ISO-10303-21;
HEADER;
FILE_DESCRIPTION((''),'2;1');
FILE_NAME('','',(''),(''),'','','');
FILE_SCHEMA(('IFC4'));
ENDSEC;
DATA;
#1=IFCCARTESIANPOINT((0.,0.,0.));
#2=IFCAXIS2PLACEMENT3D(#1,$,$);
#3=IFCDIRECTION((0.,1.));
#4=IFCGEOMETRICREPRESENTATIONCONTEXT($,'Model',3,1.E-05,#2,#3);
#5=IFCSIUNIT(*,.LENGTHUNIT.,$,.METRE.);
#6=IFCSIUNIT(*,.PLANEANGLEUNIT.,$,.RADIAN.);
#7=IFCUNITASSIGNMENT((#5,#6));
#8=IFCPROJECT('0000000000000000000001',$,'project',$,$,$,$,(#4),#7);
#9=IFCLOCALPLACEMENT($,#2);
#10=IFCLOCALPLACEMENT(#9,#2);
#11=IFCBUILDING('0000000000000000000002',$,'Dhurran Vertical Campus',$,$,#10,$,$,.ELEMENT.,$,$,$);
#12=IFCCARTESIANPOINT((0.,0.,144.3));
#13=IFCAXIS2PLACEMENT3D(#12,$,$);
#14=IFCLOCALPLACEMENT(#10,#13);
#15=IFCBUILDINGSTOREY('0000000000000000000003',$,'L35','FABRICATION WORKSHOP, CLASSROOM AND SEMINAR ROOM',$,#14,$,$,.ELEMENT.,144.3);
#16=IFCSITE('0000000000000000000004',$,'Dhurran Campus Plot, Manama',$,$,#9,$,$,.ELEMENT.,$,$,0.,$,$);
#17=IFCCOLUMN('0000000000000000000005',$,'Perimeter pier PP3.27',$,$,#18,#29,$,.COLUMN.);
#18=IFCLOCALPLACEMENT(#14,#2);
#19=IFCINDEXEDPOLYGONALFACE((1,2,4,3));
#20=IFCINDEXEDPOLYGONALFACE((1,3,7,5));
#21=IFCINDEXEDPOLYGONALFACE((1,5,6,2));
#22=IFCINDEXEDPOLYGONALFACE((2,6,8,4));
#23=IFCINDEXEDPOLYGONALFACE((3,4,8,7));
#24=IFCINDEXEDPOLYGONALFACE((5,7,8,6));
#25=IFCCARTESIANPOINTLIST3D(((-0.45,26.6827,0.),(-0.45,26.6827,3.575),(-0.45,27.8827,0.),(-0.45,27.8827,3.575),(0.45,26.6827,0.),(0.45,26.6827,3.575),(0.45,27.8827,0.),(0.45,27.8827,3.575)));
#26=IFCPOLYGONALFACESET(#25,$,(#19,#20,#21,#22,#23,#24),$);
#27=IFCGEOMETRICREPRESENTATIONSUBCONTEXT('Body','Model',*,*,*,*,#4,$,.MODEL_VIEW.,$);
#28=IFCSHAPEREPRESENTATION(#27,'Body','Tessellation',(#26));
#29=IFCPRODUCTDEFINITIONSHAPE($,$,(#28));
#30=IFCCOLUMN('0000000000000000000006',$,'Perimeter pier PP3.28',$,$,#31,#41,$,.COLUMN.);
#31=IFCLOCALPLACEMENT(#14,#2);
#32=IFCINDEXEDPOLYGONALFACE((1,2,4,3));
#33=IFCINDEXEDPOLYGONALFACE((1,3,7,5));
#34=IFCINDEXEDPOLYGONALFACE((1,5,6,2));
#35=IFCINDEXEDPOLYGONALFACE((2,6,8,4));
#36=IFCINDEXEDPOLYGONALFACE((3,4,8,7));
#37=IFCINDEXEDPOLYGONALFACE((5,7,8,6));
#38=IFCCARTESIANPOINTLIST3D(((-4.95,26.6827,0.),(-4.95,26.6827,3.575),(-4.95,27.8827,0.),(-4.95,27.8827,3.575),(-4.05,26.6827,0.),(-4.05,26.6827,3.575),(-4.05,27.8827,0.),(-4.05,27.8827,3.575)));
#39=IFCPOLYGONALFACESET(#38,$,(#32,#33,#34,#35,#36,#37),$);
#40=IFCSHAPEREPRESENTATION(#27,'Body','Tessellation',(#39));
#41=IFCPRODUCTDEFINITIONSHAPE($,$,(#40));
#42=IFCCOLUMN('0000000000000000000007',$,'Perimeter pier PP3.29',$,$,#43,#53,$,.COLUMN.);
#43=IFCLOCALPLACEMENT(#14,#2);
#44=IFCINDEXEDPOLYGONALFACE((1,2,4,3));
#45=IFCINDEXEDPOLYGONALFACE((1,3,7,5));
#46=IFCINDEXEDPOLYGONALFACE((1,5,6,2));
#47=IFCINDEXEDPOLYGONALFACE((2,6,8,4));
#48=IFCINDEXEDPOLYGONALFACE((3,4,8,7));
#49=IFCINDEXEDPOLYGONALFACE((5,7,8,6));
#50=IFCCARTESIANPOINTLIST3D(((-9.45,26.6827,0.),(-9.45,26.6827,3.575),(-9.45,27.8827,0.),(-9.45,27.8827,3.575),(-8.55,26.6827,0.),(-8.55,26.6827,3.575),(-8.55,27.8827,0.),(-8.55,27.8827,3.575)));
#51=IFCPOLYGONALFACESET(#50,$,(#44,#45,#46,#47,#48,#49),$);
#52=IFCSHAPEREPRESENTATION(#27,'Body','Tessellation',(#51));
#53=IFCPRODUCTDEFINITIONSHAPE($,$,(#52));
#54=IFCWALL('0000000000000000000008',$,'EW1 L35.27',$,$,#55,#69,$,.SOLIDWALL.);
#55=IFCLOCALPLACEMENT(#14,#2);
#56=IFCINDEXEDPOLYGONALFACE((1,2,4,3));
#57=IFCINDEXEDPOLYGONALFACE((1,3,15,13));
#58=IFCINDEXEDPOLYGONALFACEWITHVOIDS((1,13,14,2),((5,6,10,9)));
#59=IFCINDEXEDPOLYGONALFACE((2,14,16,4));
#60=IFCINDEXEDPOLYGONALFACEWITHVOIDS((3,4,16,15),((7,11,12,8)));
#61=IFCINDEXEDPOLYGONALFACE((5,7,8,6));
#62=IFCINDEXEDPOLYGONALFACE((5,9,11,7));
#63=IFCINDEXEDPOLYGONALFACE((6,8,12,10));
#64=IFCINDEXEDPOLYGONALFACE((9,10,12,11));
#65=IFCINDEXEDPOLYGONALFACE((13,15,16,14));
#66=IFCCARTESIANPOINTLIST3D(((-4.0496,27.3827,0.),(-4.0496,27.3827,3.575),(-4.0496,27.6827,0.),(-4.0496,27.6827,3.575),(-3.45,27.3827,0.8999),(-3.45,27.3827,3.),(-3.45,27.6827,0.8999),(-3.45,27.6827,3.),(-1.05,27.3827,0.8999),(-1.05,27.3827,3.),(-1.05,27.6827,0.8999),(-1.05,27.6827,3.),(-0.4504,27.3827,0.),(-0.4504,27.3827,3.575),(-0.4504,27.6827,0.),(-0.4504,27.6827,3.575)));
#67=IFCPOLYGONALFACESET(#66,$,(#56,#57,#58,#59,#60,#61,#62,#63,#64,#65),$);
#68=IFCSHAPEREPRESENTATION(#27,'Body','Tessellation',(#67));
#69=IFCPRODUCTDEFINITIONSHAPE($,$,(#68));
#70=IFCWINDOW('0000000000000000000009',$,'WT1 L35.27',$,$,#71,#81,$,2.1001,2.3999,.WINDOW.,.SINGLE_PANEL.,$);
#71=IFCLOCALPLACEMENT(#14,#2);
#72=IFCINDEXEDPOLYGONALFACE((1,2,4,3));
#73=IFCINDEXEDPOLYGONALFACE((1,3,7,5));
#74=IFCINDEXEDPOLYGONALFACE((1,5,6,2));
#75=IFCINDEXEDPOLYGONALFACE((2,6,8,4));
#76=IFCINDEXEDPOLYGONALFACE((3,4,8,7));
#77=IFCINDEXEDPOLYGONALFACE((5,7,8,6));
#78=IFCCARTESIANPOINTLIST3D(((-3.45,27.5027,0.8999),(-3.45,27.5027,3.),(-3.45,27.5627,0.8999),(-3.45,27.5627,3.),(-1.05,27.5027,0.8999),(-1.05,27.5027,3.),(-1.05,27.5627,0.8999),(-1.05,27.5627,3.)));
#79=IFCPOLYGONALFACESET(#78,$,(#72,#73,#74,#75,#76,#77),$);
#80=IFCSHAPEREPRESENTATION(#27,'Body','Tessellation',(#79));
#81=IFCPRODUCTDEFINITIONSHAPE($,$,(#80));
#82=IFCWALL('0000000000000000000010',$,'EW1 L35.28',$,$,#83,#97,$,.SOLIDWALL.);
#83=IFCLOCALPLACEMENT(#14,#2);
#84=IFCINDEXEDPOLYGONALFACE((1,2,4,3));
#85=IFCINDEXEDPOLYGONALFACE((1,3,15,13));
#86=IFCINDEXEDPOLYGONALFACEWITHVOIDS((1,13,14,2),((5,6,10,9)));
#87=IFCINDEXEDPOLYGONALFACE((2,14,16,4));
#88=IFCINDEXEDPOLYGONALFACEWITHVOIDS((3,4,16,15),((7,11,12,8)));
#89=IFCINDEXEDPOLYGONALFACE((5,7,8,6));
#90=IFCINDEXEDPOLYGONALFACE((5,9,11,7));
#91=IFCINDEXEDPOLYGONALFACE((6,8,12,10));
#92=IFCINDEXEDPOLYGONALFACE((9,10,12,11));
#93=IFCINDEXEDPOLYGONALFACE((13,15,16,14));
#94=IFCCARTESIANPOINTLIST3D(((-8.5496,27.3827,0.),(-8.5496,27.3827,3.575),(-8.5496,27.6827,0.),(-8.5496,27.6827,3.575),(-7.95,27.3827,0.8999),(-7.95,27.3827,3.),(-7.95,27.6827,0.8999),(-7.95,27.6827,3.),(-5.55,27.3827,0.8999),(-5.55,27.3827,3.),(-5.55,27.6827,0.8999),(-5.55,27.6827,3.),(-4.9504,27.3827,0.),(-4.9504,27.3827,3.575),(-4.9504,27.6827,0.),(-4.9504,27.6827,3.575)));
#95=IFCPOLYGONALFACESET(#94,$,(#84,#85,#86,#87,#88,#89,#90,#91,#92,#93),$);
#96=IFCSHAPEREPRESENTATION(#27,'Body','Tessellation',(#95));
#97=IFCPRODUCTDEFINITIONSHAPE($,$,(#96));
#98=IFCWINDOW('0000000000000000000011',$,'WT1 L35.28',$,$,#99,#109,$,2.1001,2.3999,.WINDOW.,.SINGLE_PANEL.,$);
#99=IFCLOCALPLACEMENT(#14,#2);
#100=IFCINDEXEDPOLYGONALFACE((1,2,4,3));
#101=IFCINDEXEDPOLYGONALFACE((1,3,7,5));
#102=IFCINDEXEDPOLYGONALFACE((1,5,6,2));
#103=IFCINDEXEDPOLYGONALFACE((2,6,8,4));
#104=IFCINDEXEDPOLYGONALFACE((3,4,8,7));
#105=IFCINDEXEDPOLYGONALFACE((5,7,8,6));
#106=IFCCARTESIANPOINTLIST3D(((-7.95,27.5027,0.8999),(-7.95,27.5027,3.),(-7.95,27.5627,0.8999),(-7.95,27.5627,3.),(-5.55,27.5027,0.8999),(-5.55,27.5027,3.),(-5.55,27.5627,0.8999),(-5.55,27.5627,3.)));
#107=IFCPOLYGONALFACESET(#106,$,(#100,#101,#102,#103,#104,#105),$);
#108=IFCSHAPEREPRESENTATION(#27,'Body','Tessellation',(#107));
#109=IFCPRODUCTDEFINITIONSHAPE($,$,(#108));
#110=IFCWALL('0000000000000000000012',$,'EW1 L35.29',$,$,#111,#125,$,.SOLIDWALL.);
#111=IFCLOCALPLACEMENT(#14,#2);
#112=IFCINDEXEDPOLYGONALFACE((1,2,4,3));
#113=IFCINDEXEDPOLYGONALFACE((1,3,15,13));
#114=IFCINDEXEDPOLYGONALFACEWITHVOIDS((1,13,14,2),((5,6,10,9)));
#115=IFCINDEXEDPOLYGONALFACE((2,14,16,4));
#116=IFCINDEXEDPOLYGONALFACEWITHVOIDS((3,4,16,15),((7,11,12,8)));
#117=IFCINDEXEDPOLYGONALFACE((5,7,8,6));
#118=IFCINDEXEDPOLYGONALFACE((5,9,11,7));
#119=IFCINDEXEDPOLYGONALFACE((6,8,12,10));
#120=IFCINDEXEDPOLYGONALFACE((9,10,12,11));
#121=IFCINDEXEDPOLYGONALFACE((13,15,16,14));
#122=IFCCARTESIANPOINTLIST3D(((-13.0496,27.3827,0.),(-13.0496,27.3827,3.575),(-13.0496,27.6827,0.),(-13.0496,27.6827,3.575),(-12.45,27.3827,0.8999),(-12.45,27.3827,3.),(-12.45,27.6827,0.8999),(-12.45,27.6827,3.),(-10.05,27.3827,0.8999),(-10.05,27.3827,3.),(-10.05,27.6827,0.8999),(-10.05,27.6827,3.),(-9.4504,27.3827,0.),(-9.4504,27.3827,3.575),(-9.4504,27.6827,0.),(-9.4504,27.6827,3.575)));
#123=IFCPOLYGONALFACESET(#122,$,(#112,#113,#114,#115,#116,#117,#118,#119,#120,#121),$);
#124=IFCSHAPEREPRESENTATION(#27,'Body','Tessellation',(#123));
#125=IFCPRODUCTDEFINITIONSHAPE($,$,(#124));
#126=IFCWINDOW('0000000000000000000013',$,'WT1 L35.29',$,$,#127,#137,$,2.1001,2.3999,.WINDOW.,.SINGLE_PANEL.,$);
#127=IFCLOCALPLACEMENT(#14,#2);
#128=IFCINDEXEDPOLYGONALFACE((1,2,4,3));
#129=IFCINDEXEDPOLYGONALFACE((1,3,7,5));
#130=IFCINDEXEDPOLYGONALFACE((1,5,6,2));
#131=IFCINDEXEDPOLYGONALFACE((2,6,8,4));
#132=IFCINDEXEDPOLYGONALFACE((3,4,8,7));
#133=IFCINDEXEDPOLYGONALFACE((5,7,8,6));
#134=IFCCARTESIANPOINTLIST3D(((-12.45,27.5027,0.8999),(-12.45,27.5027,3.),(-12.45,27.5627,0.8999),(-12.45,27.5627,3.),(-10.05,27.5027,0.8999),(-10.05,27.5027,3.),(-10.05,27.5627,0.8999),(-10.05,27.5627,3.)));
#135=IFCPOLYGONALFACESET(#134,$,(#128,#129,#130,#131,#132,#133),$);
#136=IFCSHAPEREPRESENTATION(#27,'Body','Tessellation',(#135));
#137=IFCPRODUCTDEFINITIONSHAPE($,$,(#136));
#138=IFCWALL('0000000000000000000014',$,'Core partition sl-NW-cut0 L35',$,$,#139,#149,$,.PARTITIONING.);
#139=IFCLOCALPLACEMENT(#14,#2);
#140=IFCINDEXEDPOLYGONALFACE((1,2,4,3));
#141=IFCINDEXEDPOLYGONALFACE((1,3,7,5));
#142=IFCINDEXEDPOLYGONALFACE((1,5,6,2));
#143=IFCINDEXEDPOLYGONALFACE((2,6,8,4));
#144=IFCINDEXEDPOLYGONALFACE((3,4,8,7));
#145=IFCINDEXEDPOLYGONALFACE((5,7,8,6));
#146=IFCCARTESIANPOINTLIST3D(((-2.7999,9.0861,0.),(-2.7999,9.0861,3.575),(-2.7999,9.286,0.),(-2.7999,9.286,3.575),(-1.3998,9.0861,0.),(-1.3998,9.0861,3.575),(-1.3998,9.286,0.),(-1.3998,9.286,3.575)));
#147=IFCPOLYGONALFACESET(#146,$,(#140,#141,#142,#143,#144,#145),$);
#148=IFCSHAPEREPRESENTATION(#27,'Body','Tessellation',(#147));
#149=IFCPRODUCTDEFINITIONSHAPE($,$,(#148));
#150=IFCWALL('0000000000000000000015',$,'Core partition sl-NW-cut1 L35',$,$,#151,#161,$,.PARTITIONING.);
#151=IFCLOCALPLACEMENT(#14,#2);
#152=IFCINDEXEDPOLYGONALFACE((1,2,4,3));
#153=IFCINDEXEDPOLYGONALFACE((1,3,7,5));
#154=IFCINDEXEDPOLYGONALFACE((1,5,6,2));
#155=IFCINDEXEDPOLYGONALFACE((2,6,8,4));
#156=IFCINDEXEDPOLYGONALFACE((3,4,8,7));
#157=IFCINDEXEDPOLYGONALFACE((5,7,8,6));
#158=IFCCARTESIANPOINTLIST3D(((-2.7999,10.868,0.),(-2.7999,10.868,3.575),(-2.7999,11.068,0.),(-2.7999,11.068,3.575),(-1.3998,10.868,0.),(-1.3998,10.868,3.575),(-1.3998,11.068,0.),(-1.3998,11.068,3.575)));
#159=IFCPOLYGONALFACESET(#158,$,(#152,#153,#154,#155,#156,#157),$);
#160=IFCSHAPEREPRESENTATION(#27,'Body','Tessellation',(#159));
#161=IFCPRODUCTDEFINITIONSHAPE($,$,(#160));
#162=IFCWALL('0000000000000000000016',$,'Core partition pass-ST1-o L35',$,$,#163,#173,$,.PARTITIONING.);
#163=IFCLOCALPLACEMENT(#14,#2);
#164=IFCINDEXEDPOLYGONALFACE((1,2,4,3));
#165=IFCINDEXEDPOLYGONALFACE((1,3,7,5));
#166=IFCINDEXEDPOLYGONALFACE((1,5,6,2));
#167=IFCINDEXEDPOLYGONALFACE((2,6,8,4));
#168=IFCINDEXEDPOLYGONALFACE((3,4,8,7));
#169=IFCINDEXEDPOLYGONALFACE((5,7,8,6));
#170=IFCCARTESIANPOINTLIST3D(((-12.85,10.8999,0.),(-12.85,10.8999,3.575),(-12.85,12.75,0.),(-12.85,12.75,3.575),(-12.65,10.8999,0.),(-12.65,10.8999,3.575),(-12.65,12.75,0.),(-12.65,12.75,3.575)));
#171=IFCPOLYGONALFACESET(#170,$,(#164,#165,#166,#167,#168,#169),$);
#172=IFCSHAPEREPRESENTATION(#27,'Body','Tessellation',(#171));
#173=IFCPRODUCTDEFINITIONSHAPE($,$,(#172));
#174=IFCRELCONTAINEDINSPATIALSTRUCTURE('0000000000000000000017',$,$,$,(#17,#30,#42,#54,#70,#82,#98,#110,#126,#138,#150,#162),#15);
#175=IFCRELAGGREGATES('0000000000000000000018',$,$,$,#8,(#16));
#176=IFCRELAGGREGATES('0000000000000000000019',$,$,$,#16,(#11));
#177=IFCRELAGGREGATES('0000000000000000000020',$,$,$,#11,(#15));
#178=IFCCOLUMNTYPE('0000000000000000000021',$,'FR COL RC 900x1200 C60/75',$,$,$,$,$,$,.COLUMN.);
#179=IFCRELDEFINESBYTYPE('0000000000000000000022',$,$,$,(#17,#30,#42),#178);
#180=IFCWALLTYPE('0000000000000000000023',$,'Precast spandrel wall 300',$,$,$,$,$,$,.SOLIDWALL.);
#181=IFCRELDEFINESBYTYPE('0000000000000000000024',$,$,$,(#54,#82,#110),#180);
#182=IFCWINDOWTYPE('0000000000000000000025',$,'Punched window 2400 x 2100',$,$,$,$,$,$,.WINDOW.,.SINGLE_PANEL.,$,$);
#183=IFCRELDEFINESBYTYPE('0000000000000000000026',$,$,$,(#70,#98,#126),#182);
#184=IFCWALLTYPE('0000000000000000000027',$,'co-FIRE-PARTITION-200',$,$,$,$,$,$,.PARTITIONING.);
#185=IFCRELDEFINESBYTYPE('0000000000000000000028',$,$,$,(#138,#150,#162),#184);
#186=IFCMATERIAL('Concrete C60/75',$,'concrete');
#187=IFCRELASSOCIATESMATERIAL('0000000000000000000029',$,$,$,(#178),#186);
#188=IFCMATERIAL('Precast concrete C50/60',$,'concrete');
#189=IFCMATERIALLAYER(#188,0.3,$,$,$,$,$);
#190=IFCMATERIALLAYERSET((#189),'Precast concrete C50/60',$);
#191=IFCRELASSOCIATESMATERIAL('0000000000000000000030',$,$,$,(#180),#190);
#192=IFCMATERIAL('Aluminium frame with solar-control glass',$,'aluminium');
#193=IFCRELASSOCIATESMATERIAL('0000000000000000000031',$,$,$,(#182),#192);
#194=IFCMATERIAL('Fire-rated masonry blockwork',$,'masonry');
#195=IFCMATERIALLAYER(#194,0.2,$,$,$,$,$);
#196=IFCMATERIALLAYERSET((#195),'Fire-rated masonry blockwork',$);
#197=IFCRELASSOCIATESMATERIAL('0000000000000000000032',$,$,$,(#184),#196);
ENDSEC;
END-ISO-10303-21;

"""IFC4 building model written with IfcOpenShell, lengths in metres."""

from ifc_helpers import new_model, si_unit, direction, frame, frame_2d, origin, origin_2d, place, context, subcontext, project, spatial, rectangle, extrude, material, layer, layer_set, material_profile, profile_set, type_object, element, fill, save


model = new_model("IFC4")

# Units and contexts
model_context = context("Model", 3, precision=1e-05, world=origin(), true_north=direction((0.0, 1.0)))
body_context = subcontext(model_context, "Body", "Model", "MODEL_VIEW")
ifc_project = project(units=[si_unit("LENGTHUNIT", "METRE"), si_unit("PLANEANGLEUNIT", "RADIAN")], contexts=[model_context])

# Site, building, storey
site_placement = place(None, origin())
site = spatial("IfcSite", under=ifc_project, at=site_placement, Name="Dhurran Campus Plot, Manama", CompositionType="ELEMENT", RefElevation=0.0)
building_placement = place(site_placement, origin())
building = spatial("IfcBuilding", under=site, at=building_placement, Name="Dhurran Vertical Campus", CompositionType="ELEMENT")
storey_placement = place(building_placement, frame((0.0, 0.0, 144.3)))
storey = spatial("IfcBuildingStorey", under=building, at=storey_placement, Name="L35", Description="FABRICATION WORKSHOP, CLASSROOM AND SEMINAR ROOM", CompositionType="ELEMENT", Elevation=144.3)

# Columns
ifc_material_1 = material(Name="Concrete C60/75", Category="concrete")
ifc_material_profile = material_profile(ifc_material_1, rectangle(XDim=0.8999, YDim=1.2, at=origin_2d()), Name="RC 900x1200")
ifc_profile_set = profile_set([ifc_material_profile], Name="Concrete C60/75")
column_type = type_object("IfcColumnType", Name="FR COL RC 900x1200 C60/75", PredefinedType="COLUMN", material=ifc_profile_set)
for number, where, z_axis, x_axis, name in (
    (1, (0.0, 27.2827, 0.0), (0.0, 0.0, 1.0), (-1.0, 0.0, 0.0), "Perimeter pier PP3.27"),
    (2, (-4.5, 27.2827, 0.0), (0.0, 0.0, 1.0), (-1.0, 0.0, 0.0), "Perimeter pier PP3.28"),
    (3, (-9.0, 27.2827, 0.0), (0.0, 0.0, 1.0), (-1.0, 0.0, 0.0), "Perimeter pier PP3.29"),
):
    element("IfcColumn", number, at=place(storey_placement, frame(where, z_axis=z_axis, x_axis=x_axis)), inside=storey, type_object=column_type, Name=name, PredefinedType="COLUMN", context=body_context, shape_type="SweptSolid", body=[
        extrude(rectangle(XDim=0.8999, YDim=1.2, at=origin_2d()), origin(), (0.0, 0.0, 1.0), 3.575),
    ])

# Walls, openings, windows
ifc_material_2 = material(Name="Precast concrete C50/60", Category="concrete")
ifc_layer_1 = layer(ifc_material_2, 0.3)
ifc_layer_set_1 = layer_set([ifc_layer_1], Name="Precast concrete C50/60")
wall_type_1 = type_object("IfcWallType", Name="Precast spandrel wall 300", PredefinedType="SOLIDWALL", material=ifc_layer_set_1)
wall_1_placement = place(storey_placement, frame((-0.4504, 27.5327, 0.0), z_axis=(0.0, 0.0, 1.0), x_axis=(-1.0, 0.0, 0.0)))
wall_1 = element("IfcWall", 4, at=wall_1_placement, inside=storey, type_object=wall_type_1, Name="EW1 L35.27", PredefinedType="SOLIDWALL", context=body_context, shape_type="SweptSolid", body=[
    extrude(rectangle(XDim=3.5991, YDim=0.3, at=frame_2d((1.7996, 0.0))), origin(), (0.0, 0.0, 1.0), 3.575),
])
opening_1_placement = place(wall_1_placement, frame((0.5996, 0.0, 0.8999)))
opening_1 = element("IfcOpeningElement", 5, at=opening_1_placement, cuts=wall_1, PredefinedType="OPENING", context=body_context, shape_type="SweptSolid", body=[
    extrude(rectangle(XDim=2.3999, YDim=2.1001, at=frame_2d((1.2, 1.05))), frame((0.0, 0.1599, 0.0), z_axis=(0.0, -1.0, 0.0), x_axis=(1.0, 0.0, 0.0)), (0.0, 0.0, 1.0), 0.3201),
])
ifc_material_3 = material(Name="Aluminium frame with solar-control glass", Category="aluminium")
window_type = type_object("IfcWindowType", Name="Punched window 2400 x 2100", PartitioningType="SINGLE_PANEL", PredefinedType="WINDOW", material=ifc_material_3)
window_1_placement = place(opening_1_placement, origin())
window_1 = element("IfcWindow", 6, at=window_1_placement, inside=storey, type_object=window_type, Name="WT1 L35.27", OverallHeight=2.1001, OverallWidth=2.3999, PartitioningType="SINGLE_PANEL", PredefinedType="WINDOW", context=body_context, shape_type="SweptSolid", body=[
    extrude(rectangle(XDim=2.3999, YDim=2.1001, at=frame_2d((1.2, 1.05))), frame((0.0, 0.03, 0.0), z_axis=(0.0, -1.0, 0.0), x_axis=(1.0, 0.0, 0.0)), (0.0, 0.0, 1.0), 0.0601),
])
fill(opening_1, window_1)
wall_2_placement = place(storey_placement, frame((-4.9504, 27.5327, 0.0), z_axis=(0.0, 0.0, 1.0), x_axis=(-1.0, 0.0, 0.0)))
wall_2 = element("IfcWall", 7, at=wall_2_placement, inside=storey, type_object=wall_type_1, Name="EW1 L35.28", PredefinedType="SOLIDWALL", context=body_context, shape_type="SweptSolid", body=[
    extrude(rectangle(XDim=3.5991, YDim=0.3, at=frame_2d((1.7996, 0.0))), origin(), (0.0, 0.0, 1.0), 3.575),
])
opening_2_placement = place(wall_2_placement, frame((0.5996, 0.0, 0.8999)))
opening_2 = element("IfcOpeningElement", 8, at=opening_2_placement, cuts=wall_2, PredefinedType="OPENING", context=body_context, shape_type="SweptSolid", body=[
    extrude(rectangle(XDim=2.3999, YDim=2.1001, at=frame_2d((1.2, 1.05))), frame((0.0, 0.1599, 0.0), z_axis=(0.0, -1.0, 0.0), x_axis=(1.0, 0.0, 0.0)), (0.0, 0.0, 1.0), 0.3201),
])
window_2_placement = place(opening_2_placement, origin())
window_2 = element("IfcWindow", 9, at=window_2_placement, inside=storey, type_object=window_type, Name="WT1 L35.28", OverallHeight=2.1001, OverallWidth=2.3999, PartitioningType="SINGLE_PANEL", PredefinedType="WINDOW", context=body_context, shape_type="SweptSolid", body=[
    extrude(rectangle(XDim=2.3999, YDim=2.1001, at=frame_2d((1.2, 1.05))), frame((0.0, 0.03, 0.0), z_axis=(0.0, -1.0, 0.0), x_axis=(1.0, 0.0, 0.0)), (0.0, 0.0, 1.0), 0.0601),
])
fill(opening_2, window_2)
wall_3_placement = place(storey_placement, frame((-9.4504, 27.5327, 0.0), z_axis=(0.0, 0.0, 1.0), x_axis=(-1.0, 0.0, 0.0)))
wall_3 = element("IfcWall", 10, at=wall_3_placement, inside=storey, type_object=wall_type_1, Name="EW1 L35.29", PredefinedType="SOLIDWALL", context=body_context, shape_type="SweptSolid", body=[
    extrude(rectangle(XDim=3.5991, YDim=0.3, at=frame_2d((1.7996, 0.0))), origin(), (0.0, 0.0, 1.0), 3.575),
])
opening_3_placement = place(wall_3_placement, frame((0.5996, 0.0, 0.8999)))
opening_3 = element("IfcOpeningElement", 11, at=opening_3_placement, cuts=wall_3, PredefinedType="OPENING", context=body_context, shape_type="SweptSolid", body=[
    extrude(rectangle(XDim=2.3999, YDim=2.1001, at=frame_2d((1.2, 1.05))), frame((0.0, 0.1599, 0.0), z_axis=(0.0, -1.0, 0.0), x_axis=(1.0, 0.0, 0.0)), (0.0, 0.0, 1.0), 0.3201),
])
window_3_placement = place(opening_3_placement, origin())
window_3 = element("IfcWindow", 12, at=window_3_placement, inside=storey, type_object=window_type, Name="WT1 L35.29", OverallHeight=2.1001, OverallWidth=2.3999, PartitioningType="SINGLE_PANEL", PredefinedType="WINDOW", context=body_context, shape_type="SweptSolid", body=[
    extrude(rectangle(XDim=2.3999, YDim=2.1001, at=frame_2d((1.2, 1.05))), frame((0.0, 0.03, 0.0), z_axis=(0.0, -1.0, 0.0), x_axis=(1.0, 0.0, 0.0)), (0.0, 0.0, 1.0), 0.0601),
])
fill(opening_3, window_3)

# Walls
ifc_material_4 = material(Name="Fire-rated masonry blockwork", Category="masonry")
ifc_layer_2 = layer(ifc_material_4, 0.2)
ifc_layer_set_2 = layer_set([ifc_layer_2], Name="Fire-rated masonry blockwork")
wall_type_2 = type_object("IfcWallType", Name="co-FIRE-PARTITION-200", PredefinedType="PARTITIONING", material=ifc_layer_set_2)
for number, where, z_axis, x_axis, name in (
    (13, (-2.8, 9.186, 0.0), (0.0, 0.0, 1.0), (1.0, 0.0, 0.0), "Core partition sl-NW-cut0 L35"),
    (14, (-2.8, 10.968, 0.0), (0.0, 0.0, 1.0), (1.0, 0.0, 0.0), "Core partition sl-NW-cut1 L35"),
):
    element("IfcWall", number, at=place(storey_placement, frame(where, z_axis=z_axis, x_axis=x_axis)), inside=storey, type_object=wall_type_2, Name=name, PredefinedType="PARTITIONING", context=body_context, shape_type="SweptSolid", body=[
        extrude(rectangle(XDim=1.4001, YDim=0.2, at=frame_2d((0.7002, 0.0))), origin(), (0.0, 0.0, 1.0), 3.575),
    ])
wall_4_placement = place(storey_placement, frame((-12.75, 10.8999, 0.0), z_axis=(0.0, 0.0, 1.0), x_axis=(0.0, 1.0, 0.0)))
element("IfcWall", 15, at=wall_4_placement, inside=storey, type_object=wall_type_2, Name="Core partition pass-ST1-o L35", PredefinedType="PARTITIONING", context=body_context, shape_type="SweptSolid", body=[
    extrude(rectangle(XDim=1.8501, YDim=0.2, at=frame_2d((0.925, 0.0))), origin(), (0.0, 0.0, 1.0), 3.575),
])

save(model, "model.ifc")
